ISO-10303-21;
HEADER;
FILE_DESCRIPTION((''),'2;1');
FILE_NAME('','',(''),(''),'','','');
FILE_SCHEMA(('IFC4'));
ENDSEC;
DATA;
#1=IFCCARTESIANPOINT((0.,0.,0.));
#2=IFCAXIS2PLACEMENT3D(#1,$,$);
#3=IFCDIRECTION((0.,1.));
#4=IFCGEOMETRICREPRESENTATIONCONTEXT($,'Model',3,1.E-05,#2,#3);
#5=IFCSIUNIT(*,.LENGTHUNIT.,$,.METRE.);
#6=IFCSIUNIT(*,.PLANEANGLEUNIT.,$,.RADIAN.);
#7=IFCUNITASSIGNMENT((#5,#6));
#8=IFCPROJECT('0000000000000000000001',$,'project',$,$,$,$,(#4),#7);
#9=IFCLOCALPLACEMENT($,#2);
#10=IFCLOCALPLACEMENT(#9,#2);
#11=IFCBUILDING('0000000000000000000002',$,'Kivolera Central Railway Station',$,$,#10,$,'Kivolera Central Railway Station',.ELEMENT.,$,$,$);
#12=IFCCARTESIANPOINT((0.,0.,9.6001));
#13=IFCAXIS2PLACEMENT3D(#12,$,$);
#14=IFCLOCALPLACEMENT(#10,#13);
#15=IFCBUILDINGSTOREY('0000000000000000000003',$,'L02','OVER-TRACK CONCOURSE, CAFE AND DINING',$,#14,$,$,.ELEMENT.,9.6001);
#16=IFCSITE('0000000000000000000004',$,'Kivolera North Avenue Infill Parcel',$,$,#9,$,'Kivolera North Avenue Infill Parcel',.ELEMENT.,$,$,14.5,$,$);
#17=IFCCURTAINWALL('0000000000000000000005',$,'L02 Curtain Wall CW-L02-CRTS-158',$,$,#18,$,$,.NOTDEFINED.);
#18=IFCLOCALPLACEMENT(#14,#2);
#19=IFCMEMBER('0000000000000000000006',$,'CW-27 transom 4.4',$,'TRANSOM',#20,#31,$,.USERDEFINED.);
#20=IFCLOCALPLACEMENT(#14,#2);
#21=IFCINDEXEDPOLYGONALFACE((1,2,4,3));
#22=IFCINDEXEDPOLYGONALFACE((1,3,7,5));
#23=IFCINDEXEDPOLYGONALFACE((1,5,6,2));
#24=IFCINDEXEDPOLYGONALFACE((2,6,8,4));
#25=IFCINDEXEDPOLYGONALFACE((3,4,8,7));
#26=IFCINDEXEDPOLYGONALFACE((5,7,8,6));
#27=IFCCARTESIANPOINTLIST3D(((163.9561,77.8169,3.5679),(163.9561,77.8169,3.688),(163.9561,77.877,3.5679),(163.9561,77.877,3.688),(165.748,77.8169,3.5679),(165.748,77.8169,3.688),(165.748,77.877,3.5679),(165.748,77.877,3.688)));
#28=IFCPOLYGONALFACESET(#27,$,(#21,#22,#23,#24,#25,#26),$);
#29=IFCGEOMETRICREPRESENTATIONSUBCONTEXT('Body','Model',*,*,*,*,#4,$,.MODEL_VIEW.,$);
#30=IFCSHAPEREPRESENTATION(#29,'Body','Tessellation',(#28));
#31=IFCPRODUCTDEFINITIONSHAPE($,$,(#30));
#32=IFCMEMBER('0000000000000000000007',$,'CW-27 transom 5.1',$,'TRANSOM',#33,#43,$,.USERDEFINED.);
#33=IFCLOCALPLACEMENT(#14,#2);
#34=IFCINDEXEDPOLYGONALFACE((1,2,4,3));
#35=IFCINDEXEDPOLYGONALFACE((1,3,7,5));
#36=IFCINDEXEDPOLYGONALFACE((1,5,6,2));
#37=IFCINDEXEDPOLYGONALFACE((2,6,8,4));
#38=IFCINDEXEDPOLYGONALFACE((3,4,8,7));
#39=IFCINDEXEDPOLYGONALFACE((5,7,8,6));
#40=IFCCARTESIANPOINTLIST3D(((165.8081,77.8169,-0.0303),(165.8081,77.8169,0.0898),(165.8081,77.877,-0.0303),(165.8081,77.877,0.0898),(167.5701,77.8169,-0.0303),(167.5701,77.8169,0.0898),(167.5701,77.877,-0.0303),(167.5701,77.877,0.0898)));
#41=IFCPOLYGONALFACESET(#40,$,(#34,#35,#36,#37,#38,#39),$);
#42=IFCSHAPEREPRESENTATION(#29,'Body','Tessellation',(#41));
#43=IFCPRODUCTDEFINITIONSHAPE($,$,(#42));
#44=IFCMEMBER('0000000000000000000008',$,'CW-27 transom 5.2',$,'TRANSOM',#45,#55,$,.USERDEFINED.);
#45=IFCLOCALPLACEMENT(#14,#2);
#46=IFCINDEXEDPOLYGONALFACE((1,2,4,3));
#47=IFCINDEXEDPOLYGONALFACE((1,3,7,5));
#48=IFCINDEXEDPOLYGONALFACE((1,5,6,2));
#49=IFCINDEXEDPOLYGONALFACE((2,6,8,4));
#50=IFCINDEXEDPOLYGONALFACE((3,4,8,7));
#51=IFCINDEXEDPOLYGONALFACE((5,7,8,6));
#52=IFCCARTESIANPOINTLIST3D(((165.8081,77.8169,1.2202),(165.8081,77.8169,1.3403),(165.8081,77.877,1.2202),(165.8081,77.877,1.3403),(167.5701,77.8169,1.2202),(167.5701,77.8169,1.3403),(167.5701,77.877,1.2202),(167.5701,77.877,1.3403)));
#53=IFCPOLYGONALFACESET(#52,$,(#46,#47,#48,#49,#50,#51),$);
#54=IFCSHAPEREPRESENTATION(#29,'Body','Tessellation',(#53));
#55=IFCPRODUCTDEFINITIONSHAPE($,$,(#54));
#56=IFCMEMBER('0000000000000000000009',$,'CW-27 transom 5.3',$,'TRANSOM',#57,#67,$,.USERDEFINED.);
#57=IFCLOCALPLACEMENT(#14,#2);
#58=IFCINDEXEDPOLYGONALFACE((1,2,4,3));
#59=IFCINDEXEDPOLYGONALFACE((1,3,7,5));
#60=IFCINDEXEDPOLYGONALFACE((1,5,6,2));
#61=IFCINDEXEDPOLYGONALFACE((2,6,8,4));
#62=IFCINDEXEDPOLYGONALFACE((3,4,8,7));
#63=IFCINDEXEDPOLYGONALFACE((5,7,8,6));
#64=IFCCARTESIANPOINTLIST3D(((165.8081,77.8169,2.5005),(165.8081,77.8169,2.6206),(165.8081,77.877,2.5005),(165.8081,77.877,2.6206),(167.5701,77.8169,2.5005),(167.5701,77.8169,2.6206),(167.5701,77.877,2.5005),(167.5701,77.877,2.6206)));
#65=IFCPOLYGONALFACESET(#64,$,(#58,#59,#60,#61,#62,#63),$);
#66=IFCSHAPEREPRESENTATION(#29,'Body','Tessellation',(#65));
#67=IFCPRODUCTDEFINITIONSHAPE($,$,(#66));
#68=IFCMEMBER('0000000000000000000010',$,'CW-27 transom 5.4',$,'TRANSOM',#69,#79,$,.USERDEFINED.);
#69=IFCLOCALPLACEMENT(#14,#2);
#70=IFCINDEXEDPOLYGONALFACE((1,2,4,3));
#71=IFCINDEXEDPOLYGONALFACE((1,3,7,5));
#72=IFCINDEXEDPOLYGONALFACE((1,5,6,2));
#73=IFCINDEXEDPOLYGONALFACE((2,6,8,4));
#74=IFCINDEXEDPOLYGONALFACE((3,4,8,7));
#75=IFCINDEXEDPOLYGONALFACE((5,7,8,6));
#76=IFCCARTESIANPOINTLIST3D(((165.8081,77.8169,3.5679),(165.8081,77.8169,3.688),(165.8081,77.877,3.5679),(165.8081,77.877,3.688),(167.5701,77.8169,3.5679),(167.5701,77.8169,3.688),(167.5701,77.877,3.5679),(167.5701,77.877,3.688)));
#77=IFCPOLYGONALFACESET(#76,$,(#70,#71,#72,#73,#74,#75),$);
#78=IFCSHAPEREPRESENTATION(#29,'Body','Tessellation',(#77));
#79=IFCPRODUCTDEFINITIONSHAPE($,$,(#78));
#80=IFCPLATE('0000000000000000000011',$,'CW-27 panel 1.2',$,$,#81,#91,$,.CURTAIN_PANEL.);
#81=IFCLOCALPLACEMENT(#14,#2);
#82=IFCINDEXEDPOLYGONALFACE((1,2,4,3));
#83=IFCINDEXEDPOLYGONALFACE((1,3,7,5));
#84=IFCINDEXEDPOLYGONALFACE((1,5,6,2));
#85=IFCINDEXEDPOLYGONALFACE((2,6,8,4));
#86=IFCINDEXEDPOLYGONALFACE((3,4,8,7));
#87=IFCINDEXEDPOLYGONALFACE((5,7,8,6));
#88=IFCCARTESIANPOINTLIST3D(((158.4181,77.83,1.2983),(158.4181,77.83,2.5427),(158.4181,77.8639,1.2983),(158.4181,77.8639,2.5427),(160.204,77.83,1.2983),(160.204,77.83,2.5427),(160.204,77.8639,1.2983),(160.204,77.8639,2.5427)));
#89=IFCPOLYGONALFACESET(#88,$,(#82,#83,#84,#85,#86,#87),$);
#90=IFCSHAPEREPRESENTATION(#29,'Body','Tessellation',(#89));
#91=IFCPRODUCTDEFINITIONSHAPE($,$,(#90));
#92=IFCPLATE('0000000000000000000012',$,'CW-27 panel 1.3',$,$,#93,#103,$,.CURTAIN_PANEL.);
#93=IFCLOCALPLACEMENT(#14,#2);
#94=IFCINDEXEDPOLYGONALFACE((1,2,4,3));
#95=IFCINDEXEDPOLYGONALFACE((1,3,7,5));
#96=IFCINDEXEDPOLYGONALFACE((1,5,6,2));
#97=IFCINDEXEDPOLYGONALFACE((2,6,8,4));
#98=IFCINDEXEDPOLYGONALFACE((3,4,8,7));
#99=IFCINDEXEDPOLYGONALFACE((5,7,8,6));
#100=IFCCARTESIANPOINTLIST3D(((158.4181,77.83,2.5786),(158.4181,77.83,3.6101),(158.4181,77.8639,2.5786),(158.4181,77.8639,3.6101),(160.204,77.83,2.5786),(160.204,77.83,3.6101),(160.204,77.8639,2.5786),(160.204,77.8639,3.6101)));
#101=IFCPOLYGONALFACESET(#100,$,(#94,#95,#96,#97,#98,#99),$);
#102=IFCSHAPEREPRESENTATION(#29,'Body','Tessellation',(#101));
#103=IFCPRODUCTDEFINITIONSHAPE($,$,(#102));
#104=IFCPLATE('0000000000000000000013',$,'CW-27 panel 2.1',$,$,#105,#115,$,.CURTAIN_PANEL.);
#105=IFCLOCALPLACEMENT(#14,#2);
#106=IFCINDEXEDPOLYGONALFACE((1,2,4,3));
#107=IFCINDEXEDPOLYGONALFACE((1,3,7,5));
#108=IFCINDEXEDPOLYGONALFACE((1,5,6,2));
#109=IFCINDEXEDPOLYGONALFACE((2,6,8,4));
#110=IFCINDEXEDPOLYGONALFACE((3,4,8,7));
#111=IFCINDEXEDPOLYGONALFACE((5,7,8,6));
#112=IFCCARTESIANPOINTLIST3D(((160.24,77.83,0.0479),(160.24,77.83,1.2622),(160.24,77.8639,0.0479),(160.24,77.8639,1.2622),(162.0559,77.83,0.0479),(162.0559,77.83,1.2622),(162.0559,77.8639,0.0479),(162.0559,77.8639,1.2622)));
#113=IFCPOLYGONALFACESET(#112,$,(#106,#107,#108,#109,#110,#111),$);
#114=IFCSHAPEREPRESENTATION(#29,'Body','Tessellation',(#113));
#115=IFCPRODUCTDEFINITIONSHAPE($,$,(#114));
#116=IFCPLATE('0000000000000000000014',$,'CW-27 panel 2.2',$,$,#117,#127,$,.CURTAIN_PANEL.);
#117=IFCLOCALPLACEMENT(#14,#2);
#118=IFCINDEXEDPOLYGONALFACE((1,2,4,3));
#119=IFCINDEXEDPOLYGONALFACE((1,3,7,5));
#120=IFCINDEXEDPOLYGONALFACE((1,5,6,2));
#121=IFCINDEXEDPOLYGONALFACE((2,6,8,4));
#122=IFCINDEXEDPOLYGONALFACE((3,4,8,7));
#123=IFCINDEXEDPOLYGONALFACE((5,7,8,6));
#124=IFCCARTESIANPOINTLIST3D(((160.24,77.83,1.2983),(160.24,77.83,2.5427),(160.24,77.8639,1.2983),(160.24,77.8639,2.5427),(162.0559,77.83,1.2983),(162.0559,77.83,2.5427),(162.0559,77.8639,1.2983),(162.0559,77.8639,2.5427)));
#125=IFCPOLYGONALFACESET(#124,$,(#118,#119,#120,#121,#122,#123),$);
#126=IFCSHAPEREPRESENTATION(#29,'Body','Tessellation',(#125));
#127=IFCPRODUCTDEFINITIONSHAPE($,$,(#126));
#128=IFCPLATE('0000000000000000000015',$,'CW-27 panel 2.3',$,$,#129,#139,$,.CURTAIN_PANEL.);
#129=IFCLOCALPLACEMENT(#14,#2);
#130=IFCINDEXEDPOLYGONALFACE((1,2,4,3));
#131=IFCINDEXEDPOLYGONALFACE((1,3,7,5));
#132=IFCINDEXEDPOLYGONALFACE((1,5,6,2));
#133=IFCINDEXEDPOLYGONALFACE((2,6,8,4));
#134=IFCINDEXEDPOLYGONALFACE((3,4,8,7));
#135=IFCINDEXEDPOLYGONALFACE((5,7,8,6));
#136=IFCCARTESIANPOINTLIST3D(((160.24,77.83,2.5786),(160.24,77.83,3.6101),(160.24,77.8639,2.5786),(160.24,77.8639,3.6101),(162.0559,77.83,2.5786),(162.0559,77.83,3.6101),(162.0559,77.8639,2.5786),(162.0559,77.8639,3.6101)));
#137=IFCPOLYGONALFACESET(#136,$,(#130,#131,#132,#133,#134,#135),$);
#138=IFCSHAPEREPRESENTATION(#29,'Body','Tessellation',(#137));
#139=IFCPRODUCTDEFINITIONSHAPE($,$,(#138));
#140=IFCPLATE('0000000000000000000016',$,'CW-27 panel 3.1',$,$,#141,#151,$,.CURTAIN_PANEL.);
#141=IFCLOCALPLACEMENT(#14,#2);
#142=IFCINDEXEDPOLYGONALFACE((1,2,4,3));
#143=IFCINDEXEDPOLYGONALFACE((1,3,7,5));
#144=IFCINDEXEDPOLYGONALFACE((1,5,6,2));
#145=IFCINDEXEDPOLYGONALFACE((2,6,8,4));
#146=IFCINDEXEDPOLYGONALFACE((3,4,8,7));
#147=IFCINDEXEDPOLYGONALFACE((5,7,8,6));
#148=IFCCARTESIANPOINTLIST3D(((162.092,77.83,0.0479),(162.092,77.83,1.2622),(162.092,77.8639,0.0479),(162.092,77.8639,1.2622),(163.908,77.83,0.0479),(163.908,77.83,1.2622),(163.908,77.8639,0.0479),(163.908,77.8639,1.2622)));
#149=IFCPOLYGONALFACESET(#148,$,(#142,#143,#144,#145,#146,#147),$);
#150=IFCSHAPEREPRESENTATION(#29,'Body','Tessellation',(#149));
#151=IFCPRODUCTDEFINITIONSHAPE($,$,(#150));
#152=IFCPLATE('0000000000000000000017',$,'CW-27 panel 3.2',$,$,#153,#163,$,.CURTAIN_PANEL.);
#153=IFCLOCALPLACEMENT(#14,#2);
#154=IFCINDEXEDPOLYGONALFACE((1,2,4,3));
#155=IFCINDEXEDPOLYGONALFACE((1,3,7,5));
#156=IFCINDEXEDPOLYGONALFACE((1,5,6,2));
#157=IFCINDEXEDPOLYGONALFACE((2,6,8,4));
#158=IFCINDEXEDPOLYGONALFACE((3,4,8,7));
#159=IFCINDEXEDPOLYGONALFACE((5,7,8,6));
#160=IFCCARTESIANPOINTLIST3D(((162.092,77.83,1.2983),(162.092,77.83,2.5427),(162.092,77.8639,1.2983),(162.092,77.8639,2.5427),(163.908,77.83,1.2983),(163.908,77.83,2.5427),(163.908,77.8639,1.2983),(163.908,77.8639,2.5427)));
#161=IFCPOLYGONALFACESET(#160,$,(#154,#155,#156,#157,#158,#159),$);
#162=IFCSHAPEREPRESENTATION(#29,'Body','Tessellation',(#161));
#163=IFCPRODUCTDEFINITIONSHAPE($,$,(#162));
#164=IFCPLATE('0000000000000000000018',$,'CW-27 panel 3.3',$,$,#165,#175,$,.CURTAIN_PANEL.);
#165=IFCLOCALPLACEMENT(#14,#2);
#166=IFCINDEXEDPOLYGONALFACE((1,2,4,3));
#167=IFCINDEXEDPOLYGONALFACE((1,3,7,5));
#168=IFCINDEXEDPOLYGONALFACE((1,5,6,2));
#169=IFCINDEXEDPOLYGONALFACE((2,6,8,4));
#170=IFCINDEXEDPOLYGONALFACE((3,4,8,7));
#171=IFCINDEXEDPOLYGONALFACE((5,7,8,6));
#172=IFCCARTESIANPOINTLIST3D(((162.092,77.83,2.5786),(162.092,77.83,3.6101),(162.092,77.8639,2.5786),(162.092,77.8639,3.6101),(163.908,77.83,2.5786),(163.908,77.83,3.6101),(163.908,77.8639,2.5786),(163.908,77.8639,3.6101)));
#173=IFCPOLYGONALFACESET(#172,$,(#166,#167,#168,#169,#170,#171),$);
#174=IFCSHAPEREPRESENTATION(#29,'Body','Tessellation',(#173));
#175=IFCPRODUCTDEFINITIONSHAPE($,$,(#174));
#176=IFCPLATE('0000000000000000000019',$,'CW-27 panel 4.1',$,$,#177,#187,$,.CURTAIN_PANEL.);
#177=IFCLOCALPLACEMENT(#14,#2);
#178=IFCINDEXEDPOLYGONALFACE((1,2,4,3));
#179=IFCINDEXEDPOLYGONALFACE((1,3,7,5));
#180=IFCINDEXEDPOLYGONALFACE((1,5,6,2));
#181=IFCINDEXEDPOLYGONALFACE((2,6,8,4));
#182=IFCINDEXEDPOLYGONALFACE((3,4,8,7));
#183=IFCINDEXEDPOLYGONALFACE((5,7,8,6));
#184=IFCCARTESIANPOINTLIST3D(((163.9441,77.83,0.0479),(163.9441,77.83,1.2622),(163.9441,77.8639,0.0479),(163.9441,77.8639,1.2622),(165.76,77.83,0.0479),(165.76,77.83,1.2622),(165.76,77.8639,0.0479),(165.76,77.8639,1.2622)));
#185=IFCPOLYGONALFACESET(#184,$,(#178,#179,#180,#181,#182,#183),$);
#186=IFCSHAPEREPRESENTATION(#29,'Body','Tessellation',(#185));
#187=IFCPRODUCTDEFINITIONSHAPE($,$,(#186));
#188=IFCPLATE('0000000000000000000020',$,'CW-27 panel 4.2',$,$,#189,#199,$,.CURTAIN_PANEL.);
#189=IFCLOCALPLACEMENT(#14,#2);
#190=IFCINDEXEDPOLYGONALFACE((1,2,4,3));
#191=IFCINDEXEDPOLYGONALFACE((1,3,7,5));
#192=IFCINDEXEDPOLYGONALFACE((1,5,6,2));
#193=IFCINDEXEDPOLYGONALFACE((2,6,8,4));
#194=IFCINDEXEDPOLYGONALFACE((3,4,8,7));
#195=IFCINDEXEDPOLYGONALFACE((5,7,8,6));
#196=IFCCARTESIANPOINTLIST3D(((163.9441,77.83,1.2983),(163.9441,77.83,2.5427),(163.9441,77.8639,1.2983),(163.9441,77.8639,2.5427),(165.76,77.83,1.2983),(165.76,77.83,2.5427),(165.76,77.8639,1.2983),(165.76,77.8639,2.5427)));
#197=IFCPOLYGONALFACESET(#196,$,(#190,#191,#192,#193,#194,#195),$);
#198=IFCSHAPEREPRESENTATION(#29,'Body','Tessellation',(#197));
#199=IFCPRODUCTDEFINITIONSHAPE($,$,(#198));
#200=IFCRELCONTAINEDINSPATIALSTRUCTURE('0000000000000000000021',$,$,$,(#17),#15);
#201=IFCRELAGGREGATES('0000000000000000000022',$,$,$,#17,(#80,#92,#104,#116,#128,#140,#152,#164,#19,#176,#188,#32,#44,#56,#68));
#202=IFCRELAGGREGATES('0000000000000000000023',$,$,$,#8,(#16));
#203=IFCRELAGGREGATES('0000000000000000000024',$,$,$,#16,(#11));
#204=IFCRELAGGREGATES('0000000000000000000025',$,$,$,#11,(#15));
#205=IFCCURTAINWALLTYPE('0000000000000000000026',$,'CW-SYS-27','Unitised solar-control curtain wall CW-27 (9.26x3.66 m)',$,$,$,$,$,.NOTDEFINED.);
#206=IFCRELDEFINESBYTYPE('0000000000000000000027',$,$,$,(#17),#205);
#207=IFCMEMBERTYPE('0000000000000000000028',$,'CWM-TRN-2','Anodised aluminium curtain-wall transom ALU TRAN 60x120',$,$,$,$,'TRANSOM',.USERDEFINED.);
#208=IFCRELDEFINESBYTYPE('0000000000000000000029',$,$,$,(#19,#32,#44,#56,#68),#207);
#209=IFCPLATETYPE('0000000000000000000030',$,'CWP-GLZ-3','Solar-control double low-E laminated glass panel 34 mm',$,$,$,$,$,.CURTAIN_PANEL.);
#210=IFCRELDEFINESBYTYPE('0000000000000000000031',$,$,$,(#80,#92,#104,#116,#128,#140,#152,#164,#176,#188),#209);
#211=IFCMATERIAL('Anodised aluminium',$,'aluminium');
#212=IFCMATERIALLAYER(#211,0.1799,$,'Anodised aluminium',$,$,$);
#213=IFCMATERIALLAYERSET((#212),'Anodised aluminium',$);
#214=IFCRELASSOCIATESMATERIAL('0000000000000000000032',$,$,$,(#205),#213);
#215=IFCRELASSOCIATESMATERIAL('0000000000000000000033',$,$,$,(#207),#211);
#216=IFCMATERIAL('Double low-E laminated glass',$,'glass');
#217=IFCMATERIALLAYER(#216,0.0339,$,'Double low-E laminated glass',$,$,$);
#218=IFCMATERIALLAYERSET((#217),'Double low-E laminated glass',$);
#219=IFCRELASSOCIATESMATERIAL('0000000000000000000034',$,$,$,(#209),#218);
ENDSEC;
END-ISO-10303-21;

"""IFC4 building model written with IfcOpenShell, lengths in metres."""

from ifc_helpers import new_model, si_unit, direction, frame, origin, origin_2d, place, context, subcontext, project, spatial, rectangle, extrude, material, layer, layer_set, material_profile, profile_set, type_object, element, aggregate, save


model = new_model("IFC4")

# Units and contexts
model_context = context("Model", 3, precision=1e-05, world=origin(), true_north=direction((0.0, 1.0)))
body_context = subcontext(model_context, "Body", "Model", "MODEL_VIEW")
ifc_project = project(units=[si_unit("LENGTHUNIT", "METRE"), si_unit("PLANEANGLEUNIT", "RADIAN")], contexts=[model_context])

# Site, building, storey
site_placement = place(None, origin())
site = spatial("IfcSite", under=ifc_project, at=site_placement, Name="Kivolera North Avenue Infill Parcel", LongName="Kivolera North Avenue Infill Parcel", CompositionType="ELEMENT", RefElevation=14.5)
building_placement = place(site_placement, origin())
building = spatial("IfcBuilding", under=site, at=building_placement, Name="Kivolera Central Railway Station", LongName="Kivolera Central Railway Station", CompositionType="ELEMENT")
storey_placement = place(building_placement, frame((0.0, 0.0, 9.6001)))
storey = spatial("IfcBuildingStorey", under=building, at=storey_placement, Name="L02", Description="OVER-TRACK CONCOURSE, CAFE AND DINING", CompositionType="ELEMENT", Elevation=9.6001)

# Curtain wall, members, plates
ifc_material_1 = material(Name="Anodised aluminium", Category="aluminium")
ifc_layer_1 = layer(ifc_material_1, 0.1799, Name="Anodised aluminium")
ifc_layer_set_1 = layer_set([ifc_layer_1], Name="Anodised aluminium")
curtain_wall_type = type_object("IfcCurtainWallType", Name="CW-SYS-27", Description="Unitised solar-control curtain wall CW-27 (9.26x3.66 m)", PredefinedType="NOTDEFINED", material=ifc_layer_set_1)
curtain_wall_placement = place(storey_placement, origin())
curtain_wall = element("IfcCurtainWall", 1, at=curtain_wall_placement, inside=storey, type_object=curtain_wall_type, Name="L02 Curtain Wall CW-L02-CRTS-158", PredefinedType="NOTDEFINED")
ifc_material_profile_1 = material_profile(ifc_material_1, rectangle(XDim=0.0601, YDim=0.1201, at=origin_2d()), Name="ALU TRAN 60x120")
ifc_profile_set_1 = profile_set([ifc_material_profile_1], Name="Anodised aluminium")
member_type_1 = type_object("IfcMemberType", Name="CWM-TRN-2", Description="Anodised aluminium curtain-wall transom ALU TRAN 60x120", ElementType="TRANSOM", PredefinedType="USERDEFINED", material=ifc_profile_set_1)
member_1_placement = place(storey_placement, frame((163.9561, 77.8469, 3.6279), z_axis=(1.0, 0.0, 0.0), x_axis=(0.0, 1.0, 0.0)))
member_1 = element("IfcMember", 2, at=member_1_placement, type_object=member_type_1, Name="CW-27 transom 4.4", ObjectType="TRANSOM", PredefinedType="USERDEFINED", context=body_context, shape_type="SweptSolid", body=[
    extrude(rectangle(XDim=0.0601, YDim=0.1201, at=origin_2d()), origin(), (0.0, 0.0, 1.0), 1.792),
])
member_2_placement = place(storey_placement, frame((165.8081, 77.8469, 0.0298), z_axis=(1.0, 0.0, 0.0), x_axis=(0.0, 1.0, 0.0)))
member_2 = element("IfcMember", 3, at=member_2_placement, type_object=member_type_1, Name="CW-27 transom 5.1", ObjectType="TRANSOM", PredefinedType="USERDEFINED", context=body_context, shape_type="SweptSolid", body=[
    extrude(rectangle(XDim=0.0601, YDim=0.1201, at=origin_2d()), origin(), (0.0, 0.0, 1.0), 1.762),
])
member_3_placement = place(storey_placement, frame((165.8081, 77.8469, 1.2803), z_axis=(1.0, 0.0, 0.0), x_axis=(0.0, 1.0, 0.0)))
member_3 = element("IfcMember", 4, at=member_3_placement, type_object=member_type_1, Name="CW-27 transom 5.2", ObjectType="TRANSOM", PredefinedType="USERDEFINED", context=body_context, shape_type="SweptSolid", body=[
    extrude(rectangle(XDim=0.0601, YDim=0.1201, at=origin_2d()), origin(), (0.0, 0.0, 1.0), 1.762),
])
member_4_placement = place(storey_placement, frame((165.8081, 77.8469, 2.5605), z_axis=(1.0, 0.0, 0.0), x_axis=(0.0, 1.0, 0.0)))
member_4 = element("IfcMember", 5, at=member_4_placement, type_object=member_type_1, Name="CW-27 transom 5.3", ObjectType="TRANSOM", PredefinedType="USERDEFINED", context=body_context, shape_type="SweptSolid", body=[
    extrude(rectangle(XDim=0.0601, YDim=0.1201, at=origin_2d()), origin(), (0.0, 0.0, 1.0), 1.762),
])
member_5_placement = place(storey_placement, frame((165.8081, 77.8469, 3.6279), z_axis=(1.0, 0.0, 0.0), x_axis=(0.0, 1.0, 0.0)))
member_5 = element("IfcMember", 6, at=member_5_placement, type_object=member_type_1, Name="CW-27 transom 5.4", ObjectType="TRANSOM", PredefinedType="USERDEFINED", context=body_context, shape_type="SweptSolid", body=[
    extrude(rectangle(XDim=0.0601, YDim=0.1201, at=origin_2d()), origin(), (0.0, 0.0, 1.0), 1.762),
])
ifc_material_2 = material(Name="Double low-E laminated glass", Category="glass")
ifc_layer_2 = layer(ifc_material_2, 0.0339, Name="Double low-E laminated glass")
ifc_layer_set_2 = layer_set([ifc_layer_2], Name="Double low-E laminated glass")
plate_type = type_object("IfcPlateType", Name="CWP-GLZ-3", Description="Solar-control double low-E laminated glass panel 34 mm", PredefinedType="CURTAIN_PANEL", material=ifc_layer_set_2)
plate_1_placement = place(storey_placement, frame((159.311, 77.8469, 1.2983), z_axis=(0.0, 0.0, 1.0), x_axis=(1.0, 0.0, 0.0)))
plate_1 = element("IfcPlate", 7, at=plate_1_placement, type_object=plate_type, Name="CW-27 panel 1.2", PredefinedType="CURTAIN_PANEL", context=body_context, shape_type="SweptSolid", body=[
    extrude(rectangle(XDim=1.7859, YDim=0.0339, at=origin_2d()), origin(), (0.0, 0.0, 1.0), 1.2444),
])
plate_2_placement = place(storey_placement, frame((159.311, 77.8469, 2.5786), z_axis=(0.0, 0.0, 1.0), x_axis=(1.0, 0.0, 0.0)))
plate_2 = element("IfcPlate", 8, at=plate_2_placement, type_object=plate_type, Name="CW-27 panel 1.3", PredefinedType="CURTAIN_PANEL", context=body_context, shape_type="SweptSolid", body=[
    extrude(rectangle(XDim=1.7859, YDim=0.0339, at=origin_2d()), origin(), (0.0, 0.0, 1.0), 1.0315),
])
plate_3_placement = place(storey_placement, frame((161.1479, 77.8469, 0.0479), z_axis=(0.0, 0.0, 1.0), x_axis=(1.0, 0.0, 0.0)))
plate_3 = element("IfcPlate", 9, at=plate_3_placement, type_object=plate_type, Name="CW-27 panel 2.1", PredefinedType="CURTAIN_PANEL", context=body_context, shape_type="SweptSolid", body=[
    extrude(rectangle(XDim=1.8159, YDim=0.0339, at=origin_2d()), origin(), (0.0, 0.0, 1.0), 1.2144),
])
plate_4_placement = place(storey_placement, frame((161.1479, 77.8469, 1.2983), z_axis=(0.0, 0.0, 1.0), x_axis=(1.0, 0.0, 0.0)))
plate_4 = element("IfcPlate", 10, at=plate_4_placement, type_object=plate_type, Name="CW-27 panel 2.2", PredefinedType="CURTAIN_PANEL", context=body_context, shape_type="SweptSolid", body=[
    extrude(rectangle(XDim=1.8159, YDim=0.0339, at=origin_2d()), origin(), (0.0, 0.0, 1.0), 1.2444),
])
plate_5_placement = place(storey_placement, frame((161.1479, 77.8469, 2.5786), z_axis=(0.0, 0.0, 1.0), x_axis=(1.0, 0.0, 0.0)))
plate_5 = element("IfcPlate", 11, at=plate_5_placement, type_object=plate_type, Name="CW-27 panel 2.3", PredefinedType="CURTAIN_PANEL", context=body_context, shape_type="SweptSolid", body=[
    extrude(rectangle(XDim=1.8159, YDim=0.0339, at=origin_2d()), origin(), (0.0, 0.0, 1.0), 1.0315),
])
plate_6_placement = place(storey_placement, frame((163.0, 77.8469, 0.0479), z_axis=(0.0, 0.0, 1.0), x_axis=(1.0, 0.0, 0.0)))
plate_6 = element("IfcPlate", 12, at=plate_6_placement, type_object=plate_type, Name="CW-27 panel 3.1", PredefinedType="CURTAIN_PANEL", context=body_context, shape_type="SweptSolid", body=[
    extrude(rectangle(XDim=1.8159, YDim=0.0339, at=origin_2d()), origin(), (0.0, 0.0, 1.0), 1.2144),
])
plate_7_placement = place(storey_placement, frame((163.0, 77.8469, 1.2983), z_axis=(0.0, 0.0, 1.0), x_axis=(1.0, 0.0, 0.0)))
plate_7 = element("IfcPlate", 13, at=plate_7_placement, type_object=plate_type, Name="CW-27 panel 3.2", PredefinedType="CURTAIN_PANEL", context=body_context, shape_type="SweptSolid", body=[
    extrude(rectangle(XDim=1.8159, YDim=0.0339, at=origin_2d()), origin(), (0.0, 0.0, 1.0), 1.2444),
])
plate_8_placement = place(storey_placement, frame((163.0, 77.8469, 2.5786), z_axis=(0.0, 0.0, 1.0), x_axis=(1.0, 0.0, 0.0)))
plate_8 = element("IfcPlate", 14, at=plate_8_placement, type_object=plate_type, Name="CW-27 panel 3.3", PredefinedType="CURTAIN_PANEL", context=body_context, shape_type="SweptSolid", body=[
    extrude(rectangle(XDim=1.8159, YDim=0.0339, at=origin_2d()), origin(), (0.0, 0.0, 1.0), 1.0315),
])
plate_9_placement = place(storey_placement, frame((164.8521, 77.8469, 0.0479), z_axis=(0.0, 0.0, 1.0), x_axis=(1.0, 0.0, 0.0)))
plate_9 = element("IfcPlate", 15, at=plate_9_placement, type_object=plate_type, Name="CW-27 panel 4.1", PredefinedType="CURTAIN_PANEL", context=body_context, shape_type="SweptSolid", body=[
    extrude(rectangle(XDim=1.8159, YDim=0.0339, at=origin_2d()), origin(), (0.0, 0.0, 1.0), 1.2144),
])
plate_10_placement = place(storey_placement, frame((164.8521, 77.8469, 1.2983), z_axis=(0.0, 0.0, 1.0), x_axis=(1.0, 0.0, 0.0)))
plate_10 = element("IfcPlate", 16, at=plate_10_placement, type_object=plate_type, Name="CW-27 panel 4.2", PredefinedType="CURTAIN_PANEL", context=body_context, shape_type="SweptSolid", body=[
    extrude(rectangle(XDim=1.8159, YDim=0.0339, at=origin_2d()), origin(), (0.0, 0.0, 1.0), 1.2444),
])
aggregate(curtain_wall, [plate_1, plate_2, plate_3, plate_4, plate_5, plate_6, plate_7, plate_8, member_1, plate_9, plate_10, member_2, member_3, member_4, member_5])

save(model, "model.ifc")
